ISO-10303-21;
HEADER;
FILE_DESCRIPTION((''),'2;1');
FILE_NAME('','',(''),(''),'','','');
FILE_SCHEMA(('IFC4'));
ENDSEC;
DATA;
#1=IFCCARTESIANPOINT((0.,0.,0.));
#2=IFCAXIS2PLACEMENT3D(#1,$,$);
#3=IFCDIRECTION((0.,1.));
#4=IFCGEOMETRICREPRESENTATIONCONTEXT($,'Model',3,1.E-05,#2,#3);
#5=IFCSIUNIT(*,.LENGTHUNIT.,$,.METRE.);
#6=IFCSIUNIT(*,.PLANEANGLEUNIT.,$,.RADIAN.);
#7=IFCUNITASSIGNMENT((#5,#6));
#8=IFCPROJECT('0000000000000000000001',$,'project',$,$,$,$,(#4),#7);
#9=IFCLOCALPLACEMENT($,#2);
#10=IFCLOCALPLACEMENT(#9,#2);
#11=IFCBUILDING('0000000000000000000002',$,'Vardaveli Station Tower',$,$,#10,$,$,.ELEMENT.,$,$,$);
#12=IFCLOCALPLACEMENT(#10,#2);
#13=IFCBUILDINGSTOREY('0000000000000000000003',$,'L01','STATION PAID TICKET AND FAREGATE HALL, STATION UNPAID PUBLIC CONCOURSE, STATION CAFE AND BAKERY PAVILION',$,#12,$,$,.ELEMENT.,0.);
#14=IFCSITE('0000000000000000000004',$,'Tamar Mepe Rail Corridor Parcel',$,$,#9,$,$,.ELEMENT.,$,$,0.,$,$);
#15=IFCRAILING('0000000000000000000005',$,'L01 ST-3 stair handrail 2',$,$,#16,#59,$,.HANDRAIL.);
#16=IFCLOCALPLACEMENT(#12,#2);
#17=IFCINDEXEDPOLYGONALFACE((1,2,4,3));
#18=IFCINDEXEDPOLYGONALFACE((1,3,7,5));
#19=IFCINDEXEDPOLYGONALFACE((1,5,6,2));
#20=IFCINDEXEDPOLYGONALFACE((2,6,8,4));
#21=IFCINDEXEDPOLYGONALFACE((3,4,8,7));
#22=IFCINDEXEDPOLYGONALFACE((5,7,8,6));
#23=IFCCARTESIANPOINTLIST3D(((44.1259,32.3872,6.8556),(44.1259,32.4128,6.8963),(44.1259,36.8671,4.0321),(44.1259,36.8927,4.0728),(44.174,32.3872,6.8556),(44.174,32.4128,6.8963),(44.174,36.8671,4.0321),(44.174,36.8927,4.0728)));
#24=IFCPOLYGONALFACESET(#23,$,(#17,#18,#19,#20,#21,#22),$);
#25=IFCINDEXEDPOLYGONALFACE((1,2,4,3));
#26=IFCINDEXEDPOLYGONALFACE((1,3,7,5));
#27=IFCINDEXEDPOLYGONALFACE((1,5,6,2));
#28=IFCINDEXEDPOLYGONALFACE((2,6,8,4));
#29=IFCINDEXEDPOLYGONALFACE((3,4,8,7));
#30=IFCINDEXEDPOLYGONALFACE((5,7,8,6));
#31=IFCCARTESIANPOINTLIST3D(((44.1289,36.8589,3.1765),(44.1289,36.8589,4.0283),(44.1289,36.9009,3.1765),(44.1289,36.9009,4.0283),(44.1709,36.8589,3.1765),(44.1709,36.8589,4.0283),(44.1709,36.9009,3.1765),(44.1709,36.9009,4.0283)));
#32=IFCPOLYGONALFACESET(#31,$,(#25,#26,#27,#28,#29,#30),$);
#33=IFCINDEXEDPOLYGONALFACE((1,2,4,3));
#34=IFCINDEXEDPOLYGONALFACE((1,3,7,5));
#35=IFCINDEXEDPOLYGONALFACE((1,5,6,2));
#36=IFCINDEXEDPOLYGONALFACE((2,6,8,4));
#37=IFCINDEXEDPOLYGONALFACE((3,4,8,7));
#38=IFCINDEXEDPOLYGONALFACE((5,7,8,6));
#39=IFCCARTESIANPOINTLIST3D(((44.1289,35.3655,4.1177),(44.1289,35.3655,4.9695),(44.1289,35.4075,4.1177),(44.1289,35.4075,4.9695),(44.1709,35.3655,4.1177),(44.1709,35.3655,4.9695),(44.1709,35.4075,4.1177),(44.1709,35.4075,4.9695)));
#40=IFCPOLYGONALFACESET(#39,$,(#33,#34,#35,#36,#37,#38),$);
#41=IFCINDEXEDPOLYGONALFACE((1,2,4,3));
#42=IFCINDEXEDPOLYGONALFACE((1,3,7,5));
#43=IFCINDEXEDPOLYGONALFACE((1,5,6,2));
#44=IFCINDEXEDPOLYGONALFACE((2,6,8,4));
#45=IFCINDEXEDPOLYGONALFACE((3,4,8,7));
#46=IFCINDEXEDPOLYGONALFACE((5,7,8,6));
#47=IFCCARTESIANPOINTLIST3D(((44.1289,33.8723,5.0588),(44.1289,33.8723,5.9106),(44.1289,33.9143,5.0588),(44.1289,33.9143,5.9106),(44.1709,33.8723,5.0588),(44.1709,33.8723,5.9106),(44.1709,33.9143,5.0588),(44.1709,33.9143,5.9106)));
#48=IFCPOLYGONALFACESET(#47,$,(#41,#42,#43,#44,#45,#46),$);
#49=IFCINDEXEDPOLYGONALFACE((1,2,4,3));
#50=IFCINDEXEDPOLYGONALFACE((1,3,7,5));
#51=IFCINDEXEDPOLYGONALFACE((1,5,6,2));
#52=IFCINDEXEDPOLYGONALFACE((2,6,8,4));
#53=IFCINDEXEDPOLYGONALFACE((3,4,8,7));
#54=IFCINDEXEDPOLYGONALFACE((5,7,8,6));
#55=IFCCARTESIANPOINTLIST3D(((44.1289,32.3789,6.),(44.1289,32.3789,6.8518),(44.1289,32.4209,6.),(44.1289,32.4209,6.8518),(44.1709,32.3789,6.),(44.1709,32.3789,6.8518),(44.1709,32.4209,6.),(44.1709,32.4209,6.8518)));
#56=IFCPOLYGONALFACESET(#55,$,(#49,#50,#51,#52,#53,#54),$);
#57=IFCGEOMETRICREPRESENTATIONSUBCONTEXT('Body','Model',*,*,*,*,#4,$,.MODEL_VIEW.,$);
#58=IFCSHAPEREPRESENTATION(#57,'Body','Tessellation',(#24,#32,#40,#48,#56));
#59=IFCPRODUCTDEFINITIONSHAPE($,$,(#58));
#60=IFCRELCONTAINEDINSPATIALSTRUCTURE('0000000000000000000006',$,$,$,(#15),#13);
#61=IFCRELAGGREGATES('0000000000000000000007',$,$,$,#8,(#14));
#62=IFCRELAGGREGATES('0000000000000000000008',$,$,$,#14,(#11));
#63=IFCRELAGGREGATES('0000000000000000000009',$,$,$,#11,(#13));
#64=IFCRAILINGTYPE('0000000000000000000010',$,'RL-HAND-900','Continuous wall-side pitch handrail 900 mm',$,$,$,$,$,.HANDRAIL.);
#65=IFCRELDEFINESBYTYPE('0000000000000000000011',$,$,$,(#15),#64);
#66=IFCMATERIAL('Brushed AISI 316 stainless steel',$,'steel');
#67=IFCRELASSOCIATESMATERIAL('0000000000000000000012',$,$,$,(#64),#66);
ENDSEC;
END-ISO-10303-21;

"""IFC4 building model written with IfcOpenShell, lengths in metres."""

from ifc_helpers import new_model, si_unit, direction, frame, origin, origin_2d, place, context, subcontext, project, spatial, rectangle, extrude, source, transform, mapped, material, type_object, element, save


model = new_model("IFC4")

# Units and contexts
model_context = context("Model", 3, precision=1e-05, world=origin(), true_north=direction((0.0, 1.0)))
body_context = subcontext(model_context, "Body", "Model", "MODEL_VIEW")
ifc_project = project(units=[si_unit("LENGTHUNIT", "METRE"), si_unit("PLANEANGLEUNIT", "RADIAN")], contexts=[model_context])

# Site, building, storey
site_placement = place(None, origin())
site = spatial("IfcSite", under=ifc_project, at=site_placement, Name="Tamar Mepe Rail Corridor Parcel", CompositionType="ELEMENT", RefElevation=0.0)
building_placement = place(site_placement, origin())
building = spatial("IfcBuilding", under=site, at=building_placement, Name="Vardaveli Station Tower", CompositionType="ELEMENT")
storey_placement = place(building_placement, origin())
storey = spatial("IfcBuildingStorey", under=building, at=storey_placement, Name="L01", Description="STATION PAID TICKET AND FAREGATE HALL, STATION UNPAID PUBLIC CONCOURSE, STATION CAFE AND BAKERY PAVILION", CompositionType="ELEMENT", Elevation=0.0)

# Railing
ifc_material_1 = material(Name="Brushed AISI 316 stainless steel", Category="steel")
railing_type_1 = type_object("IfcRailingType", Name="RL-HAND-900", Description="Continuous wall-side pitch handrail 900 mm", PredefinedType="HANDRAIL", material=ifc_material_1)
shared_shape_1 = source(origin(), body_context, "Body", "SweptSolid", [
    extrude(rectangle(XDim=0.0481, YDim=0.0481, at=origin_2d()), frame((0.0, 0.0, 0.876), z_axis=(0.0, -0.845998, 0.533186), x_axis=(1.0, 0.0, 0.0)), (0.0, 0.0, 1.0), 5.2954),
    extrude(rectangle(XDim=0.042, YDim=0.042, at=origin_2d()), origin(), (0.0, 0.0, 1.0), 0.8518),
    extrude(rectangle(XDim=0.042, YDim=0.042, at=origin_2d()), frame((0.0, -1.4934, 0.9412)), (0.0, 0.0, 1.0), 0.8518),
    extrude(rectangle(XDim=0.042, YDim=0.042, at=origin_2d()), frame((0.0, -2.9866, 1.8823)), (0.0, 0.0, 1.0), 0.8518),
    extrude(rectangle(XDim=0.042, YDim=0.042, at=origin_2d()), frame((0.0, -4.48, 2.8235)), (0.0, 0.0, 1.0), 0.8518),
])
railing_1_placement = place(storey_placement, frame((44.1499, 36.8799, 3.1765)))
element("IfcRailing", 1, at=railing_1_placement, inside=storey, type_object=railing_type_1, Name="L01 ST-3 stair handrail 2", PredefinedType="HANDRAIL", context=body_context, shape_type="MappedRepresentation", body=[
    mapped(shared_shape_1, transform((0.0, 0.0, 0.0), scale=1.0)),
])

save(model, "model.ifc")
